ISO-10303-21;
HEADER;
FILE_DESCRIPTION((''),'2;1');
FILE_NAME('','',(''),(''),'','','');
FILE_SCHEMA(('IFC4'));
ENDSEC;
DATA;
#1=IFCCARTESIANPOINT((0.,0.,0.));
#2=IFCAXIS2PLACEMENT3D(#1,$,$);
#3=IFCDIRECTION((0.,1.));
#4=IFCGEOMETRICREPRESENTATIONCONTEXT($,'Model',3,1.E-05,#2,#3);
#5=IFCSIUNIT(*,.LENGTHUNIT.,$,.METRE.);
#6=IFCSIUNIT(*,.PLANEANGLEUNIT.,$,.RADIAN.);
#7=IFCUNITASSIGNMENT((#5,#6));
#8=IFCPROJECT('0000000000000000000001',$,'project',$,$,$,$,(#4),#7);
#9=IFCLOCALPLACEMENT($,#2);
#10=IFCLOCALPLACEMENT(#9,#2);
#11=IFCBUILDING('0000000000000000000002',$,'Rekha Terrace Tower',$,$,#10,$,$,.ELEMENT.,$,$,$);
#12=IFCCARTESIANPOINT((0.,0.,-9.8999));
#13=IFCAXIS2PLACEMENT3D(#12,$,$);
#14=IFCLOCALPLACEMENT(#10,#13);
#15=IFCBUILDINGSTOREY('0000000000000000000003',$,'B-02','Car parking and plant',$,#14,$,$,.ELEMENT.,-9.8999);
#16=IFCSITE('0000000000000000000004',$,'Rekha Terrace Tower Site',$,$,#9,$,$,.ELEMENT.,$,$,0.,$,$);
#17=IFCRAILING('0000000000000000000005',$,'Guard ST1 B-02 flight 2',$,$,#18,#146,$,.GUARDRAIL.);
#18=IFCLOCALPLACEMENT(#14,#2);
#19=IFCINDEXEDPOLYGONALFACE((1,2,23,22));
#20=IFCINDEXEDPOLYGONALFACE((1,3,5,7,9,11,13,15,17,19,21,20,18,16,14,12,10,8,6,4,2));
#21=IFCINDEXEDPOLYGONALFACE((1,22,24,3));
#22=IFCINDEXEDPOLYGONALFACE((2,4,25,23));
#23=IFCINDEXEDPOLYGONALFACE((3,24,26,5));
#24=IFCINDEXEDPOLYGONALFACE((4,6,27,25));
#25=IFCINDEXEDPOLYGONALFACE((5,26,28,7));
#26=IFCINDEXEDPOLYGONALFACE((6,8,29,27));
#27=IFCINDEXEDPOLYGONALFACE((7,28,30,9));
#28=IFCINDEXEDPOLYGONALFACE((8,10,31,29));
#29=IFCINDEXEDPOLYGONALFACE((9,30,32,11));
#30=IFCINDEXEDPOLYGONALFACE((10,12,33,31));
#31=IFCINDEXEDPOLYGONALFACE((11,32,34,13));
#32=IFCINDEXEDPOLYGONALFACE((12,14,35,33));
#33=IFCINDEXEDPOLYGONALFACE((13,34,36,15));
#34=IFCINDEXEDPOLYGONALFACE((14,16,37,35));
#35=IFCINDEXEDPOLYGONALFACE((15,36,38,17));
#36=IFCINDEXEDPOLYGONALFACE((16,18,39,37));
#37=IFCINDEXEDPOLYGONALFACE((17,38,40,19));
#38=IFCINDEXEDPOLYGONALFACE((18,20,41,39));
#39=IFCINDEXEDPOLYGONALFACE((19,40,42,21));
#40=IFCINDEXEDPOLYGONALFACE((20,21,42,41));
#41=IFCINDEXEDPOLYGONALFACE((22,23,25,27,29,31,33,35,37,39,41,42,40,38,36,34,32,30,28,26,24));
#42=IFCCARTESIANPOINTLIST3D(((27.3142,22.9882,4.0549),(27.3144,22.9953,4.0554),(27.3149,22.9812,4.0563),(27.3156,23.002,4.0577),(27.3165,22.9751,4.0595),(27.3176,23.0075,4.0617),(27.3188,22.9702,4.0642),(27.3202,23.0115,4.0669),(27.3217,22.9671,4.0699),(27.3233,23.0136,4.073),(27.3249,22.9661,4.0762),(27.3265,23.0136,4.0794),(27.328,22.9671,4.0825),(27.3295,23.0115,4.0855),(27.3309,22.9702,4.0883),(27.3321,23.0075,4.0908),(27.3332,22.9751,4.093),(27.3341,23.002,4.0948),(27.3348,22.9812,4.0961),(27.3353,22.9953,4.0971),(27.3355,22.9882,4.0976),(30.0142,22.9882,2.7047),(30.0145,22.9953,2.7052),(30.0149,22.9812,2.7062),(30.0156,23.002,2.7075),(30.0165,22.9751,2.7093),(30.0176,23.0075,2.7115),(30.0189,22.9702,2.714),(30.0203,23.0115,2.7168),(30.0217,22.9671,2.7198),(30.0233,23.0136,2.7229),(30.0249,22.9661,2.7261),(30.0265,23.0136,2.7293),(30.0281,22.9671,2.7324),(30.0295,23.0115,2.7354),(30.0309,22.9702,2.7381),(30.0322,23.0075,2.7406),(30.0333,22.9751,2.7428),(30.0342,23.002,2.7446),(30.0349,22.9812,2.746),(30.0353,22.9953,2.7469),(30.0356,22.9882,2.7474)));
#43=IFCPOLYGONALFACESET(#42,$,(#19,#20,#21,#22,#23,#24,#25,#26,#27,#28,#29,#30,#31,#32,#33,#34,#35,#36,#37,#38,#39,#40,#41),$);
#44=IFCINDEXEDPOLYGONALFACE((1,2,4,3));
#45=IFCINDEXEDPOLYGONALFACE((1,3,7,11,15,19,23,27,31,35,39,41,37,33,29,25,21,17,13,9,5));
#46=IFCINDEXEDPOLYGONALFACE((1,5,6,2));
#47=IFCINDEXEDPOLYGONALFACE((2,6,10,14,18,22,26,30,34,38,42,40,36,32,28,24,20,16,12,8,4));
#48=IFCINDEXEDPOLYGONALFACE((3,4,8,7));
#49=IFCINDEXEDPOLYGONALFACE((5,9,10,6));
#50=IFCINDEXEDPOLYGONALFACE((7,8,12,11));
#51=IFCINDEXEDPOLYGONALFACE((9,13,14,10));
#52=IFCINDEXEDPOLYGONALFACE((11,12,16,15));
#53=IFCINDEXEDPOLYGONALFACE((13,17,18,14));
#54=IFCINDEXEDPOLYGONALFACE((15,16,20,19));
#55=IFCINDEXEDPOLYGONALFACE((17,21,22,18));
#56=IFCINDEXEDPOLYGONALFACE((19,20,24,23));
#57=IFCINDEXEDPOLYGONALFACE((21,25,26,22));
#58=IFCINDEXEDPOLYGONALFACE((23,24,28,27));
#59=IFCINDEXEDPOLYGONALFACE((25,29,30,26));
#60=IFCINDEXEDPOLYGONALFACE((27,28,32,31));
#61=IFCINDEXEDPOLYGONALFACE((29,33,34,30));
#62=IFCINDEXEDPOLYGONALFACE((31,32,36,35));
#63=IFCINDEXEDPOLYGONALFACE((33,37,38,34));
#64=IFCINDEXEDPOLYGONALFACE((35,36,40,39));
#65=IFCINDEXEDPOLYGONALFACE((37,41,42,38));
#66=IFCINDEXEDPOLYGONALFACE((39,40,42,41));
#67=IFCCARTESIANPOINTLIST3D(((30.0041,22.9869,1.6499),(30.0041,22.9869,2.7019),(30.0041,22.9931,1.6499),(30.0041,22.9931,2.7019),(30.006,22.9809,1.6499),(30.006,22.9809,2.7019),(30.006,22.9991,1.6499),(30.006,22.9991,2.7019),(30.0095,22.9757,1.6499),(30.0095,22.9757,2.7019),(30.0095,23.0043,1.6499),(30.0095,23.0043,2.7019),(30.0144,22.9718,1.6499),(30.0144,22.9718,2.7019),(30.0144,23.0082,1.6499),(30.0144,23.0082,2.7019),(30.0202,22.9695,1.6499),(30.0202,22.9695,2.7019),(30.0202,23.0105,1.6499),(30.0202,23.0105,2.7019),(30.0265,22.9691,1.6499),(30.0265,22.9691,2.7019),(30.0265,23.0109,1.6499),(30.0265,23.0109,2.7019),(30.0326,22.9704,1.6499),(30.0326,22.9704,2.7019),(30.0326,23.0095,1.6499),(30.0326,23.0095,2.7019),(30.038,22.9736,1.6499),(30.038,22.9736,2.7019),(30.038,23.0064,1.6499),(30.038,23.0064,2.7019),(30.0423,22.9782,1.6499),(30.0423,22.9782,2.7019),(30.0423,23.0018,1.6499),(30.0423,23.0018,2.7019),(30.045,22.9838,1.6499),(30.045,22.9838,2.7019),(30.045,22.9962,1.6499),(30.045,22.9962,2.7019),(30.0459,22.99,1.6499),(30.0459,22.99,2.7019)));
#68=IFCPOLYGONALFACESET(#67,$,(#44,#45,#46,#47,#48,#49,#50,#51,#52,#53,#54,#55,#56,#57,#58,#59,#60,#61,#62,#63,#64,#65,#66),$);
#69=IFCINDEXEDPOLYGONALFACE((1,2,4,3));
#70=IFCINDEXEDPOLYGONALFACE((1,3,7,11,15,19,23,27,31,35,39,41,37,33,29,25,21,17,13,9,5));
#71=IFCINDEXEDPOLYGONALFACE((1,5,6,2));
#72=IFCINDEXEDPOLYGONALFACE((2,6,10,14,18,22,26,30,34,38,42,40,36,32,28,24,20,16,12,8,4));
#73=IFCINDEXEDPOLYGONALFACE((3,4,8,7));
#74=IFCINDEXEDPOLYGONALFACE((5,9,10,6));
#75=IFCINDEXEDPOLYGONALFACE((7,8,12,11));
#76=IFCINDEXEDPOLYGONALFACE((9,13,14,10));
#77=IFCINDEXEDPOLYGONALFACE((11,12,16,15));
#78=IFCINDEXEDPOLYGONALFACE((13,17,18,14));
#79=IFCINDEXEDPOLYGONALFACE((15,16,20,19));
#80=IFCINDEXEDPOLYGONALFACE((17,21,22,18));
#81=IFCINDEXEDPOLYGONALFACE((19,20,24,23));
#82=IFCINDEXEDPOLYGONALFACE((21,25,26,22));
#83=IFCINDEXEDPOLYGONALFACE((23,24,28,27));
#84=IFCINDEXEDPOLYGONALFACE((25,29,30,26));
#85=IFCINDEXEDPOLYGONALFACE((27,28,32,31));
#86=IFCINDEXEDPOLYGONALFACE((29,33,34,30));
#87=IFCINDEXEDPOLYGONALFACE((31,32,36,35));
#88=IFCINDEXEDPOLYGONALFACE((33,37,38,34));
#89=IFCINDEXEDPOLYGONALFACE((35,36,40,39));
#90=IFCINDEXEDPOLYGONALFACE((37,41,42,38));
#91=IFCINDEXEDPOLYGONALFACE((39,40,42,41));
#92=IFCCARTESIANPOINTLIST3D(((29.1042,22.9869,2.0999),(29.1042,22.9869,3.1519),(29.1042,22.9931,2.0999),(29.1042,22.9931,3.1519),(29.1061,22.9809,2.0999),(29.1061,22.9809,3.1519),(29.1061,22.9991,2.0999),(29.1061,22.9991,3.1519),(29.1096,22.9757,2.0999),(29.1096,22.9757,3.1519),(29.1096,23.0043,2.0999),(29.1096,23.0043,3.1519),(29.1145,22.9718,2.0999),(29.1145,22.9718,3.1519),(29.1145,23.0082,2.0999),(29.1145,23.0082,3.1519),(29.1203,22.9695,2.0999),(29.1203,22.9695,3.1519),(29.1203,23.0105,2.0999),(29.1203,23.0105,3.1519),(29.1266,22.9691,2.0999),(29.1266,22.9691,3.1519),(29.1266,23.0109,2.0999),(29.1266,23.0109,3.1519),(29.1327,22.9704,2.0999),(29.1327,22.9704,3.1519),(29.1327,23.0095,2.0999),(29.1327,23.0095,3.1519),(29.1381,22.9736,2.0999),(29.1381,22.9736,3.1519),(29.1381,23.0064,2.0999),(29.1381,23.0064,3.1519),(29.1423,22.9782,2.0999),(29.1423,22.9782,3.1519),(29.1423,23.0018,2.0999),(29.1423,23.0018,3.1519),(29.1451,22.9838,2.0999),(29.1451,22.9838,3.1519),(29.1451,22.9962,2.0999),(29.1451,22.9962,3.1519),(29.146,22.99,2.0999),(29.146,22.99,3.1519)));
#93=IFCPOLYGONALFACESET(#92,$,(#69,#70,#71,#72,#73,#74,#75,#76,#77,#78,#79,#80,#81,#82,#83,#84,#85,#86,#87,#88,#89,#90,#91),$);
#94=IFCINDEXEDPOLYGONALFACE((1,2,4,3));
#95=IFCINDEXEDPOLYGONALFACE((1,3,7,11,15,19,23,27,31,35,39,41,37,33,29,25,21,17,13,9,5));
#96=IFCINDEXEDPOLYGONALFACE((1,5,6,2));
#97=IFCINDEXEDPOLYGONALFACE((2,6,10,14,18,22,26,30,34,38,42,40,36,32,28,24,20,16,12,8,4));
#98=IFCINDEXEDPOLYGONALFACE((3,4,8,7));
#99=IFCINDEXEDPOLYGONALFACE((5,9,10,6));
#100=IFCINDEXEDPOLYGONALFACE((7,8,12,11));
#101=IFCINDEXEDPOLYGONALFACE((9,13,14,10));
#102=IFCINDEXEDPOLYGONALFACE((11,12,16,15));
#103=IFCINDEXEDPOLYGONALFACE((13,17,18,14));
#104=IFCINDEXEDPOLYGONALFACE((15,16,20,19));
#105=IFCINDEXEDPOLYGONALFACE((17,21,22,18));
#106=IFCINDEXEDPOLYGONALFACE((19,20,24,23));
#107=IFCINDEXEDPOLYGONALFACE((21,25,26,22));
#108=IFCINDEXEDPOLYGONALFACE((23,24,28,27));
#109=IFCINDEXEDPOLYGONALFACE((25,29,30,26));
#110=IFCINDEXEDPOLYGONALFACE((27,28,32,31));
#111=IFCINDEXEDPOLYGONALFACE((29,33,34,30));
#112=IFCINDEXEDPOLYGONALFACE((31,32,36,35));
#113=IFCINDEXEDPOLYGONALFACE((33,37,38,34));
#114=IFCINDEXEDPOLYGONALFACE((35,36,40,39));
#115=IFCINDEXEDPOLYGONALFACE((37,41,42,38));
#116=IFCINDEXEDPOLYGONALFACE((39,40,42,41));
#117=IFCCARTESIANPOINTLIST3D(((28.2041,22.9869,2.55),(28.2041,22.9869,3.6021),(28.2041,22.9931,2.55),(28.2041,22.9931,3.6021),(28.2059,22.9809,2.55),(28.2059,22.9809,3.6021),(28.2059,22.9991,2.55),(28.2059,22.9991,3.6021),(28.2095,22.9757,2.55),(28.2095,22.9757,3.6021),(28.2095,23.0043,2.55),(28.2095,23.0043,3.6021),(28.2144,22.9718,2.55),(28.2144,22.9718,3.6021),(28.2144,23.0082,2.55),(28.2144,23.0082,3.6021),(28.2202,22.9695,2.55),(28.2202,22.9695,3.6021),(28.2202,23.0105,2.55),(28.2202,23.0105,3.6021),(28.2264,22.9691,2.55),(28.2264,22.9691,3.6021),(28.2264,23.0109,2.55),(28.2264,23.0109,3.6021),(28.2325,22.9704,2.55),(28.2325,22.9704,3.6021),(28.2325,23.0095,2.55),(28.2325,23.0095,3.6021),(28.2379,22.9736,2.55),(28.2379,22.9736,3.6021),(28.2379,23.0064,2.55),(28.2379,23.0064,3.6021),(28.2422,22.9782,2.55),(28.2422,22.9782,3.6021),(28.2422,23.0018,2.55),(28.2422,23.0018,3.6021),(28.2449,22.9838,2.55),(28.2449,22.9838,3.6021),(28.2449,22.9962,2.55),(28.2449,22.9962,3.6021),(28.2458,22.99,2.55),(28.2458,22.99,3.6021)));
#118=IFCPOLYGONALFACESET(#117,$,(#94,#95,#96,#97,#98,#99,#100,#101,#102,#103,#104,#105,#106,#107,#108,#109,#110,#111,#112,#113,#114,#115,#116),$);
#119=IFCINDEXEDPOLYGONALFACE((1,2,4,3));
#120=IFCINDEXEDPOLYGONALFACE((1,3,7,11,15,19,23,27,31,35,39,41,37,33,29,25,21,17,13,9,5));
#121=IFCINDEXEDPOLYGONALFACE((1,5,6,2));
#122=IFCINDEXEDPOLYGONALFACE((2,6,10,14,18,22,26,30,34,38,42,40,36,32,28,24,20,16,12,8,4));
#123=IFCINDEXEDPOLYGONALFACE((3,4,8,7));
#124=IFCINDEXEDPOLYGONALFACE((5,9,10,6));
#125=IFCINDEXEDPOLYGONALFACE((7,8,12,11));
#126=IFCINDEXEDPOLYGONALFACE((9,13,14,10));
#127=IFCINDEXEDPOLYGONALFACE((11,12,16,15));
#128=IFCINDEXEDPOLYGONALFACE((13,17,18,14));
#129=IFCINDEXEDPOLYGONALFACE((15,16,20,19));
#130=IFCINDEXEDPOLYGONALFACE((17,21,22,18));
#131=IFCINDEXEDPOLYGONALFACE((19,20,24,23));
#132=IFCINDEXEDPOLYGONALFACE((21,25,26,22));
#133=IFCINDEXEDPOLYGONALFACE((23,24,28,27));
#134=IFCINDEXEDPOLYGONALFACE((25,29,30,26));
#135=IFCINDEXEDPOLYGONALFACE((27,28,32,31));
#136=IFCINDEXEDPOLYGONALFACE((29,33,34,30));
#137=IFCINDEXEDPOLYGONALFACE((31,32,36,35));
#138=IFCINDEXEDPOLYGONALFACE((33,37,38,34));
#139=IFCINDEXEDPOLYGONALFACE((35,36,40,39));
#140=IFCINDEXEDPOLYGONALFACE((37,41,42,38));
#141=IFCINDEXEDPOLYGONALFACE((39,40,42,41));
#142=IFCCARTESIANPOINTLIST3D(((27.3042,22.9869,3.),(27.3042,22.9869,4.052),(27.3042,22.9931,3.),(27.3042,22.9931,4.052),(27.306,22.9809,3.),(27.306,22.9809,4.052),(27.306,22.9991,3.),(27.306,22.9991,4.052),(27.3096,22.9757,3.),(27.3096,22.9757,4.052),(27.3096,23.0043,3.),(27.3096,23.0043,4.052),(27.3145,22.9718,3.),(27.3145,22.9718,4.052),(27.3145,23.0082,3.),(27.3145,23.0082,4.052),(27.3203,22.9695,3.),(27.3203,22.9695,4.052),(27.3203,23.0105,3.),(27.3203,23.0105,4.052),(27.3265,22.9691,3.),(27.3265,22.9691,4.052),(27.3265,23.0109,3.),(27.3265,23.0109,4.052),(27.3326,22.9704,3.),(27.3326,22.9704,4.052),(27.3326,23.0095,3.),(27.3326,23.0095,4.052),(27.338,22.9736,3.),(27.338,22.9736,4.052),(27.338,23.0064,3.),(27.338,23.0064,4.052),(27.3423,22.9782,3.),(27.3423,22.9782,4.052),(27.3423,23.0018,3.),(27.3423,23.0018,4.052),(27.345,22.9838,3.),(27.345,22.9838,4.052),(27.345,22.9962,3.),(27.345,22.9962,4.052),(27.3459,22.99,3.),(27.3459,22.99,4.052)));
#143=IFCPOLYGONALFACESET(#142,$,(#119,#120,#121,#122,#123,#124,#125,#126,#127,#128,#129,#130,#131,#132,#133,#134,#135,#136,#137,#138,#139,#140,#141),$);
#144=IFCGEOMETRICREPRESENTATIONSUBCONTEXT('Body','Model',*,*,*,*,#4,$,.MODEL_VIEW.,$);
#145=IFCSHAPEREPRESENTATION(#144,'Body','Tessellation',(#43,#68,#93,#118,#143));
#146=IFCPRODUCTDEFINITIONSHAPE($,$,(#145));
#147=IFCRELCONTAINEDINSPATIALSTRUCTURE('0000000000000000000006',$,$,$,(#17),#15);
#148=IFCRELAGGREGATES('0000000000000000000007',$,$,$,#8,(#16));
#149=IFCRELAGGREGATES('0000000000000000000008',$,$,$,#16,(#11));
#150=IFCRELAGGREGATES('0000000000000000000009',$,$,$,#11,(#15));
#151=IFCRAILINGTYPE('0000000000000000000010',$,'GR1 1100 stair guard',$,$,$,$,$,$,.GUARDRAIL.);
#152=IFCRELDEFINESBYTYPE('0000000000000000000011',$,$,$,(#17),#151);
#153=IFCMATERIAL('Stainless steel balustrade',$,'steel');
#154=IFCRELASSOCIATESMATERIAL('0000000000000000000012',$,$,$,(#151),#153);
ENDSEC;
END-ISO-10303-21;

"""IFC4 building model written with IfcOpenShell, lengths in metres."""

from ifc_helpers import new_model, si_unit, direction, frame, origin, origin_2d, place, context, subcontext, project, spatial, circle, extrude, material, type_object, element, save


model = new_model("IFC4")

# Units and contexts
model_context = context("Model", 3, precision=1e-05, world=origin(), true_north=direction((0.0, 1.0)))
body_context = subcontext(model_context, "Body", "Model", "MODEL_VIEW")
ifc_project = project(units=[si_unit("LENGTHUNIT", "METRE"), si_unit("PLANEANGLEUNIT", "RADIAN")], contexts=[model_context])

# Site, building, storey
site_placement = place(None, origin())
site = spatial("IfcSite", under=ifc_project, at=site_placement, Name="Rekha Terrace Tower Site", CompositionType="ELEMENT", RefElevation=0.0)
building_placement = place(site_placement, origin())
building = spatial("IfcBuilding", under=site, at=building_placement, Name="Rekha Terrace Tower", CompositionType="ELEMENT")
storey_placement = place(building_placement, frame((0.0, 0.0, -9.8999)))
storey = spatial("IfcBuildingStorey", under=building, at=storey_placement, Name="B-02", Description="Car parking and plant", CompositionType="ELEMENT", Elevation=-9.8999)

# Railing
ifc_material_1 = material(Name="Stainless steel balustrade", Category="steel")
railing_type_1 = type_object("IfcRailingType", Name="GR1 1100 stair guard", PredefinedType="GUARDRAIL", material=ifc_material_1)
railing_1_placement = place(storey_placement, frame((30.0249, 22.99, 1.6499)))
element("IfcRailing", 1, at=railing_1_placement, inside=storey, type_object=railing_type_1, Name="Guard ST1 B-02 flight 2", PredefinedType="GUARDRAIL", context=body_context, shape_type="SweptSolid", body=[
    extrude(circle(Radius=0.0239, at=origin_2d()), frame((0.0, 0.0, 1.0762), z_axis=(-0.894411, 0.0, 0.447246), x_axis=(0.0, -1.0, 0.0)), (0.0, 0.0, 1.0), 3.0188),
    extrude(circle(Radius=0.021, at=origin_2d()), origin(), (0.0, 0.0, 1.0), 1.052),
    extrude(circle(Radius=0.021, at=origin_2d()), frame((-0.8999, 0.0, 0.45)), (0.0, 0.0, 1.0), 1.052),
    extrude(circle(Radius=0.021, at=origin_2d()), frame((-1.8, 0.0, 0.9001)), (0.0, 0.0, 1.0), 1.052),
    extrude(circle(Radius=0.021, at=origin_2d()), frame((-2.7, 0.0, 1.3501)), (0.0, 0.0, 1.0), 1.052),
])

save(model, "model.ifc")
